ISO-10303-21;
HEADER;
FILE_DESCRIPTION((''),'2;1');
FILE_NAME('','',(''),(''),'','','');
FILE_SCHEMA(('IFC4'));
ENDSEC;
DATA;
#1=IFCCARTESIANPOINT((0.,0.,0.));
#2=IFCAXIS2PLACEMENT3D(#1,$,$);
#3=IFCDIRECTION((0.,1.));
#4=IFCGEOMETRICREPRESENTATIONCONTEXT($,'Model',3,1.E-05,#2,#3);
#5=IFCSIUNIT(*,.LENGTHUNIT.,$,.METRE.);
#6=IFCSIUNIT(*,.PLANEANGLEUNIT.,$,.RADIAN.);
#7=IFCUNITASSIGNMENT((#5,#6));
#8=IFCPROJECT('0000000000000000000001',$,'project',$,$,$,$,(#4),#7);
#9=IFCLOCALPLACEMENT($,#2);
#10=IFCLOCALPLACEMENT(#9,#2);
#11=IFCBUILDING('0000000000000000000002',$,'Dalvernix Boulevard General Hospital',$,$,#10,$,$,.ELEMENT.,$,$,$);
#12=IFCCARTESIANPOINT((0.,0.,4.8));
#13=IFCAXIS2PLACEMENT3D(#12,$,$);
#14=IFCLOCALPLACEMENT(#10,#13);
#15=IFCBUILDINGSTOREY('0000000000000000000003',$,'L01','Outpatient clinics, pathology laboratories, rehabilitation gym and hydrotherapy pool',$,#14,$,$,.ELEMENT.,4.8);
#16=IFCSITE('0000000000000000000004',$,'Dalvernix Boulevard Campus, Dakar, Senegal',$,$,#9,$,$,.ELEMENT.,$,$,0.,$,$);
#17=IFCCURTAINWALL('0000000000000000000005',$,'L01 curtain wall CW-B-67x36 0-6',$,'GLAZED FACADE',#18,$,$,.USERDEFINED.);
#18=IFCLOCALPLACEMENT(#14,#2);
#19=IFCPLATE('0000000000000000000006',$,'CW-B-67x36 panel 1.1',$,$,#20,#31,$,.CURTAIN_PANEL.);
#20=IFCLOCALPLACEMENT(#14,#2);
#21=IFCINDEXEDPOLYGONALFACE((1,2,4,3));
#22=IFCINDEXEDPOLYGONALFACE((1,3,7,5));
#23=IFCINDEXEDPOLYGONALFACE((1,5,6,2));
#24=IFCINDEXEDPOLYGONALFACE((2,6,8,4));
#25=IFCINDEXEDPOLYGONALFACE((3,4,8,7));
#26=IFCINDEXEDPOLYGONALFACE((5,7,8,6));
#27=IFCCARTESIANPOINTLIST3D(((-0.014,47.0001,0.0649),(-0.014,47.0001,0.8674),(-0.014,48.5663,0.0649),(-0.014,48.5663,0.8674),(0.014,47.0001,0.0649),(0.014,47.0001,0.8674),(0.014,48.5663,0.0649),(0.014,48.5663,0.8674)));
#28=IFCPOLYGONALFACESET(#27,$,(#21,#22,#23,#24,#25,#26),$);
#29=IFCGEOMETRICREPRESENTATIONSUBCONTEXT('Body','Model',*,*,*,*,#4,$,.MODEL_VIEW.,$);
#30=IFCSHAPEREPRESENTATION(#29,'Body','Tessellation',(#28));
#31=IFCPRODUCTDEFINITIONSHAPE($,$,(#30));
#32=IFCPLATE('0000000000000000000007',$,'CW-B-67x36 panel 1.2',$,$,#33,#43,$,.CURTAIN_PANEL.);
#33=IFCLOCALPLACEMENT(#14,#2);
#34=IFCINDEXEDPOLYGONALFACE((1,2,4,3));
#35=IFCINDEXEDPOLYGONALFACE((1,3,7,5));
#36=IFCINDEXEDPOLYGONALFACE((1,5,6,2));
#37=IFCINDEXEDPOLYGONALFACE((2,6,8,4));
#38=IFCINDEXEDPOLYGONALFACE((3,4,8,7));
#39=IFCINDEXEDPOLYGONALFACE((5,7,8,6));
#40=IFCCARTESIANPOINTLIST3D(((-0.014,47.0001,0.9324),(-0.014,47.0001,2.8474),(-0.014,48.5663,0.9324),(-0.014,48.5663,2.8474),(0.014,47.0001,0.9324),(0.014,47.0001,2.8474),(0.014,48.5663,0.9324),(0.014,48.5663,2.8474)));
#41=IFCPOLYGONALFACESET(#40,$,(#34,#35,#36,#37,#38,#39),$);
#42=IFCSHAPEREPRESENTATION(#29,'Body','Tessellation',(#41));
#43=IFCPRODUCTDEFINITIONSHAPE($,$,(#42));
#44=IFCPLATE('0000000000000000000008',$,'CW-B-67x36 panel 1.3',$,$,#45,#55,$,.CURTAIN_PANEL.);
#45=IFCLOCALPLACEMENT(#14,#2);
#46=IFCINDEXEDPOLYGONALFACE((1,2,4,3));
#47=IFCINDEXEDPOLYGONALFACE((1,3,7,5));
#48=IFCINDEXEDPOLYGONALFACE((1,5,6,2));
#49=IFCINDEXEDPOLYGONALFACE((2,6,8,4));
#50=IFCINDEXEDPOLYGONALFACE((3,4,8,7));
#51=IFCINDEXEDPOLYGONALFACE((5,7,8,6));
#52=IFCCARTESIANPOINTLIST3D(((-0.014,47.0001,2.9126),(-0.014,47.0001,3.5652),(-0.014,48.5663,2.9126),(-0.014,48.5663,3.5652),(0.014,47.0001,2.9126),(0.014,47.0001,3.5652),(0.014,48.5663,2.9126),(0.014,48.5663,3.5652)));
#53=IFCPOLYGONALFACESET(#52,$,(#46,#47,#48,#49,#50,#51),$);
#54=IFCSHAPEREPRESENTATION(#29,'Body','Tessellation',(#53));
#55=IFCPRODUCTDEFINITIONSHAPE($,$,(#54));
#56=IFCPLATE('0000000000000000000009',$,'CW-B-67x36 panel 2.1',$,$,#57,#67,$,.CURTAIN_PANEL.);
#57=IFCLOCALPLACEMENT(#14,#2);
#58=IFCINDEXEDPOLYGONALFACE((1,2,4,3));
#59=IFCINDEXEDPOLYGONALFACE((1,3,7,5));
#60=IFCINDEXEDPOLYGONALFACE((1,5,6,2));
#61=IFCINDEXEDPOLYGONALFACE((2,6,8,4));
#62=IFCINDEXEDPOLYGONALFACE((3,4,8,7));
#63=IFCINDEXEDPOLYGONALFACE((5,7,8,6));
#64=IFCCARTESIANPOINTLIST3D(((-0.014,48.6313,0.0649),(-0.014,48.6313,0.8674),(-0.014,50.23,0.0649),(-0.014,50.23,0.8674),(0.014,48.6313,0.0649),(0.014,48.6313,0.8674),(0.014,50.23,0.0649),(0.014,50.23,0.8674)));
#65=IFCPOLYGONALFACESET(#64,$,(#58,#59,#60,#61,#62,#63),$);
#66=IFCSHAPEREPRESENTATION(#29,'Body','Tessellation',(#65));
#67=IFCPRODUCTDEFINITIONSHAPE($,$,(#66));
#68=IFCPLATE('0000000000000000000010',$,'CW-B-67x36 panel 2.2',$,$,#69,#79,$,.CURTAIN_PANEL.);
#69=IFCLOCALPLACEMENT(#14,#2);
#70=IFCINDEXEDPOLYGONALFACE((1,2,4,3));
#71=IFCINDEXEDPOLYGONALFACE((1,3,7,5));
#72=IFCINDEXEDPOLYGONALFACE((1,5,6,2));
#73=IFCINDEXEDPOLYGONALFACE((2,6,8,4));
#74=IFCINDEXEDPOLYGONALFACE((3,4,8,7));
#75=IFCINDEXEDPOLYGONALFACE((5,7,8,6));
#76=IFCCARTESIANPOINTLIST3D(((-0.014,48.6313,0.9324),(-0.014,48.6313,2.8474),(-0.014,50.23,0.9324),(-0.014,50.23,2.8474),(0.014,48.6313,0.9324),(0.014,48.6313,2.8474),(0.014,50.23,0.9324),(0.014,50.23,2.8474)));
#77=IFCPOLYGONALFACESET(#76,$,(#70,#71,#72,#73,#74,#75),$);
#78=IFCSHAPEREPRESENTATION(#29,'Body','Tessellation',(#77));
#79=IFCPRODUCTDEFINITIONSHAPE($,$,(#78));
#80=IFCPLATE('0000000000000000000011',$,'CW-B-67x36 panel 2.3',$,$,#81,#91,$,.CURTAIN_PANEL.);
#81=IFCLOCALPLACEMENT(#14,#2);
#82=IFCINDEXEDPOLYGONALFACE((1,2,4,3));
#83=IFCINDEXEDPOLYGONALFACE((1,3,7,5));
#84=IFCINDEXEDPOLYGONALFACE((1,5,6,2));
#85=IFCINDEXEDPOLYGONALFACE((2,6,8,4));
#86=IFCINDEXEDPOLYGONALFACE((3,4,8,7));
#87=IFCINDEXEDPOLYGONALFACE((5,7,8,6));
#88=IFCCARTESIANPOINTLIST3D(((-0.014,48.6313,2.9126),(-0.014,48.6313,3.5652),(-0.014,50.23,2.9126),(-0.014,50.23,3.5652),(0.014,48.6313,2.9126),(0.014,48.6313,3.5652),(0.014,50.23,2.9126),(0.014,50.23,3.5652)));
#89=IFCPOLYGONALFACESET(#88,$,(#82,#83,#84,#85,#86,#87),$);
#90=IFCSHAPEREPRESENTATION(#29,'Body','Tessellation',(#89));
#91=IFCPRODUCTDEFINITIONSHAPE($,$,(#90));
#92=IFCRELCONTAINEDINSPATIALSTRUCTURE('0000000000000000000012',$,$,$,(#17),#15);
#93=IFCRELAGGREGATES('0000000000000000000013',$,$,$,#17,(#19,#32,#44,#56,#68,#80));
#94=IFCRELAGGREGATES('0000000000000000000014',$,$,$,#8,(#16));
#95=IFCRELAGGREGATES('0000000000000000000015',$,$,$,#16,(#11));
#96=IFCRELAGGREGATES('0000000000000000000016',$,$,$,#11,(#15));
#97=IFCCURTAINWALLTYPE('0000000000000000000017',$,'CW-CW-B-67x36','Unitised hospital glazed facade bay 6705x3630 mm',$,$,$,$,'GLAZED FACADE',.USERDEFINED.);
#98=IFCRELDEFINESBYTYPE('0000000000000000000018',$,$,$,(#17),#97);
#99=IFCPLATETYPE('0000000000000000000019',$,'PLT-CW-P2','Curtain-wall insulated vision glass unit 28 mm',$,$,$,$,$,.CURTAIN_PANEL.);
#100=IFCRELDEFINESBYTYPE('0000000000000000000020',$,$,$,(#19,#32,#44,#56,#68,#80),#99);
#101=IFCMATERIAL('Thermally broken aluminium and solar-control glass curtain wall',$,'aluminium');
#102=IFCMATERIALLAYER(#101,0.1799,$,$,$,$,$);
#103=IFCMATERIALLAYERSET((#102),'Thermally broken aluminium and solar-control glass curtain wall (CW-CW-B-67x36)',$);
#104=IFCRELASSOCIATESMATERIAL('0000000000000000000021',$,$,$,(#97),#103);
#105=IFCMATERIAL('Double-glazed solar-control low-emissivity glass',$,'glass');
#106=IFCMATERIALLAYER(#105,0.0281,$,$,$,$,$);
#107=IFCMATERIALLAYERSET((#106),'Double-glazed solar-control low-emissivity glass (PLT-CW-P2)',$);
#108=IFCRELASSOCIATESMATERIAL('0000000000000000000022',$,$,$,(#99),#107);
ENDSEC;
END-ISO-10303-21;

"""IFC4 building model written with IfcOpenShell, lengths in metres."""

from ifc_helpers import new_model, si_unit, direction, frame, origin, origin_2d, place, context, subcontext, project, spatial, rectangle, extrude, material, layer, layer_set, type_object, element, aggregate, save


model = new_model("IFC4")

# Units and contexts
model_context = context("Model", 3, precision=1e-05, world=origin(), true_north=direction((0.0, 1.0)))
body_context = subcontext(model_context, "Body", "Model", "MODEL_VIEW")
ifc_project = project(units=[si_unit("LENGTHUNIT", "METRE"), si_unit("PLANEANGLEUNIT", "RADIAN")], contexts=[model_context])

# Site, building, storey
site_placement = place(None, origin())
site = spatial("IfcSite", under=ifc_project, at=site_placement, Name="Dalvernix Boulevard Campus, Dakar, Senegal", CompositionType="ELEMENT", RefElevation=0.0)
building_placement = place(site_placement, origin())
building = spatial("IfcBuilding", under=site, at=building_placement, Name="Dalvernix Boulevard General Hospital", CompositionType="ELEMENT")
storey_placement = place(building_placement, frame((0.0, 0.0, 4.8)))
storey = spatial("IfcBuildingStorey", under=building, at=storey_placement, Name="L01", Description="Outpatient clinics, pathology laboratories, rehabilitation gym and hydrotherapy pool", CompositionType="ELEMENT", Elevation=4.8)

# Curtain wall, plates
ifc_material_1 = material(Name="Thermally broken aluminium and solar-control glass curtain wall", Category="aluminium")
ifc_layer_1 = layer(ifc_material_1, 0.1799)
ifc_layer_set_1 = layer_set([ifc_layer_1], Name="Thermally broken aluminium and solar-control glass curtain wall (CW-CW-B-67x36)")
curtain_wall_type = type_object("IfcCurtainWallType", Name="CW-CW-B-67x36", Description="Unitised hospital glazed facade bay 6705x3630 mm", ElementType="GLAZED FACADE", PredefinedType="USERDEFINED", material=ifc_layer_set_1)
curtain_wall_placement = place(storey_placement, origin())
curtain_wall = element("IfcCurtainWall", 1, at=curtain_wall_placement, inside=storey, type_object=curtain_wall_type, Name="L01 curtain wall CW-B-67x36 0-6", ObjectType="GLAZED FACADE", PredefinedType="USERDEFINED")
ifc_material_2 = material(Name="Double-glazed solar-control low-emissivity glass", Category="glass")
ifc_layer_2 = layer(ifc_material_2, 0.0281)
ifc_layer_set_2 = layer_set([ifc_layer_2], Name="Double-glazed solar-control low-emissivity glass (PLT-CW-P2)")
plate_type = type_object("IfcPlateType", Name="PLT-CW-P2", Description="Curtain-wall insulated vision glass unit 28 mm", PredefinedType="CURTAIN_PANEL", material=ifc_layer_set_2)
plate_1_placement = place(storey_placement, frame((0.0, 47.7832, 0.0649), z_axis=(0.0, 0.0, 1.0), x_axis=(0.0, 1.0, 0.0)))
plate_1 = element("IfcPlate", 2, at=plate_1_placement, type_object=plate_type, Name="CW-B-67x36 panel 1.1", PredefinedType="CURTAIN_PANEL", context=body_context, shape_type="SweptSolid", body=[
    extrude(rectangle(XDim=1.5662, YDim=0.0281, at=origin_2d()), origin(), (0.0, 0.0, 1.0), 0.8025),
])
plate_2_placement = place(storey_placement, frame((0.0, 47.7832, 0.9324), z_axis=(0.0, 0.0, 1.0), x_axis=(0.0, 1.0, 0.0)))
plate_2 = element("IfcPlate", 3, at=plate_2_placement, type_object=plate_type, Name="CW-B-67x36 panel 1.2", PredefinedType="CURTAIN_PANEL", context=body_context, shape_type="SweptSolid", body=[
    extrude(rectangle(XDim=1.5662, YDim=0.0281, at=origin_2d()), origin(), (0.0, 0.0, 1.0), 1.915),
])
plate_3_placement = place(storey_placement, frame((0.0, 47.7832, 2.9126), z_axis=(0.0, 0.0, 1.0), x_axis=(0.0, 1.0, 0.0)))
plate_3 = element("IfcPlate", 4, at=plate_3_placement, type_object=plate_type, Name="CW-B-67x36 panel 1.3", PredefinedType="CURTAIN_PANEL", context=body_context, shape_type="SweptSolid", body=[
    extrude(rectangle(XDim=1.5662, YDim=0.0281, at=origin_2d()), origin(), (0.0, 0.0, 1.0), 0.6526),
])
plate_4_placement = place(storey_placement, frame((0.0, 49.4307, 0.0649), z_axis=(0.0, 0.0, 1.0), x_axis=(0.0, 1.0, 0.0)))
plate_4 = element("IfcPlate", 5, at=plate_4_placement, type_object=plate_type, Name="CW-B-67x36 panel 2.1", PredefinedType="CURTAIN_PANEL", context=body_context, shape_type="SweptSolid", body=[
    extrude(rectangle(XDim=1.5986, YDim=0.0281, at=origin_2d()), origin(), (0.0, 0.0, 1.0), 0.8025),
])
plate_5_placement = place(storey_placement, frame((0.0, 49.4307, 0.9324), z_axis=(0.0, 0.0, 1.0), x_axis=(0.0, 1.0, 0.0)))
plate_5 = element("IfcPlate", 6, at=plate_5_placement, type_object=plate_type, Name="CW-B-67x36 panel 2.2", PredefinedType="CURTAIN_PANEL", context=body_context, shape_type="SweptSolid", body=[
    extrude(rectangle(XDim=1.5986, YDim=0.0281, at=origin_2d()), origin(), (0.0, 0.0, 1.0), 1.915),
])
plate_6_placement = place(storey_placement, frame((0.0, 49.4307, 2.9126), z_axis=(0.0, 0.0, 1.0), x_axis=(0.0, 1.0, 0.0)))
plate_6 = element("IfcPlate", 7, at=plate_6_placement, type_object=plate_type, Name="CW-B-67x36 panel 2.3", PredefinedType="CURTAIN_PANEL", context=body_context, shape_type="SweptSolid", body=[
    extrude(rectangle(XDim=1.5986, YDim=0.0281, at=origin_2d()), origin(), (0.0, 0.0, 1.0), 0.6526),
])
aggregate(curtain_wall, [plate_1, plate_2, plate_3, plate_4, plate_5, plate_6])

save(model, "model.ifc")
